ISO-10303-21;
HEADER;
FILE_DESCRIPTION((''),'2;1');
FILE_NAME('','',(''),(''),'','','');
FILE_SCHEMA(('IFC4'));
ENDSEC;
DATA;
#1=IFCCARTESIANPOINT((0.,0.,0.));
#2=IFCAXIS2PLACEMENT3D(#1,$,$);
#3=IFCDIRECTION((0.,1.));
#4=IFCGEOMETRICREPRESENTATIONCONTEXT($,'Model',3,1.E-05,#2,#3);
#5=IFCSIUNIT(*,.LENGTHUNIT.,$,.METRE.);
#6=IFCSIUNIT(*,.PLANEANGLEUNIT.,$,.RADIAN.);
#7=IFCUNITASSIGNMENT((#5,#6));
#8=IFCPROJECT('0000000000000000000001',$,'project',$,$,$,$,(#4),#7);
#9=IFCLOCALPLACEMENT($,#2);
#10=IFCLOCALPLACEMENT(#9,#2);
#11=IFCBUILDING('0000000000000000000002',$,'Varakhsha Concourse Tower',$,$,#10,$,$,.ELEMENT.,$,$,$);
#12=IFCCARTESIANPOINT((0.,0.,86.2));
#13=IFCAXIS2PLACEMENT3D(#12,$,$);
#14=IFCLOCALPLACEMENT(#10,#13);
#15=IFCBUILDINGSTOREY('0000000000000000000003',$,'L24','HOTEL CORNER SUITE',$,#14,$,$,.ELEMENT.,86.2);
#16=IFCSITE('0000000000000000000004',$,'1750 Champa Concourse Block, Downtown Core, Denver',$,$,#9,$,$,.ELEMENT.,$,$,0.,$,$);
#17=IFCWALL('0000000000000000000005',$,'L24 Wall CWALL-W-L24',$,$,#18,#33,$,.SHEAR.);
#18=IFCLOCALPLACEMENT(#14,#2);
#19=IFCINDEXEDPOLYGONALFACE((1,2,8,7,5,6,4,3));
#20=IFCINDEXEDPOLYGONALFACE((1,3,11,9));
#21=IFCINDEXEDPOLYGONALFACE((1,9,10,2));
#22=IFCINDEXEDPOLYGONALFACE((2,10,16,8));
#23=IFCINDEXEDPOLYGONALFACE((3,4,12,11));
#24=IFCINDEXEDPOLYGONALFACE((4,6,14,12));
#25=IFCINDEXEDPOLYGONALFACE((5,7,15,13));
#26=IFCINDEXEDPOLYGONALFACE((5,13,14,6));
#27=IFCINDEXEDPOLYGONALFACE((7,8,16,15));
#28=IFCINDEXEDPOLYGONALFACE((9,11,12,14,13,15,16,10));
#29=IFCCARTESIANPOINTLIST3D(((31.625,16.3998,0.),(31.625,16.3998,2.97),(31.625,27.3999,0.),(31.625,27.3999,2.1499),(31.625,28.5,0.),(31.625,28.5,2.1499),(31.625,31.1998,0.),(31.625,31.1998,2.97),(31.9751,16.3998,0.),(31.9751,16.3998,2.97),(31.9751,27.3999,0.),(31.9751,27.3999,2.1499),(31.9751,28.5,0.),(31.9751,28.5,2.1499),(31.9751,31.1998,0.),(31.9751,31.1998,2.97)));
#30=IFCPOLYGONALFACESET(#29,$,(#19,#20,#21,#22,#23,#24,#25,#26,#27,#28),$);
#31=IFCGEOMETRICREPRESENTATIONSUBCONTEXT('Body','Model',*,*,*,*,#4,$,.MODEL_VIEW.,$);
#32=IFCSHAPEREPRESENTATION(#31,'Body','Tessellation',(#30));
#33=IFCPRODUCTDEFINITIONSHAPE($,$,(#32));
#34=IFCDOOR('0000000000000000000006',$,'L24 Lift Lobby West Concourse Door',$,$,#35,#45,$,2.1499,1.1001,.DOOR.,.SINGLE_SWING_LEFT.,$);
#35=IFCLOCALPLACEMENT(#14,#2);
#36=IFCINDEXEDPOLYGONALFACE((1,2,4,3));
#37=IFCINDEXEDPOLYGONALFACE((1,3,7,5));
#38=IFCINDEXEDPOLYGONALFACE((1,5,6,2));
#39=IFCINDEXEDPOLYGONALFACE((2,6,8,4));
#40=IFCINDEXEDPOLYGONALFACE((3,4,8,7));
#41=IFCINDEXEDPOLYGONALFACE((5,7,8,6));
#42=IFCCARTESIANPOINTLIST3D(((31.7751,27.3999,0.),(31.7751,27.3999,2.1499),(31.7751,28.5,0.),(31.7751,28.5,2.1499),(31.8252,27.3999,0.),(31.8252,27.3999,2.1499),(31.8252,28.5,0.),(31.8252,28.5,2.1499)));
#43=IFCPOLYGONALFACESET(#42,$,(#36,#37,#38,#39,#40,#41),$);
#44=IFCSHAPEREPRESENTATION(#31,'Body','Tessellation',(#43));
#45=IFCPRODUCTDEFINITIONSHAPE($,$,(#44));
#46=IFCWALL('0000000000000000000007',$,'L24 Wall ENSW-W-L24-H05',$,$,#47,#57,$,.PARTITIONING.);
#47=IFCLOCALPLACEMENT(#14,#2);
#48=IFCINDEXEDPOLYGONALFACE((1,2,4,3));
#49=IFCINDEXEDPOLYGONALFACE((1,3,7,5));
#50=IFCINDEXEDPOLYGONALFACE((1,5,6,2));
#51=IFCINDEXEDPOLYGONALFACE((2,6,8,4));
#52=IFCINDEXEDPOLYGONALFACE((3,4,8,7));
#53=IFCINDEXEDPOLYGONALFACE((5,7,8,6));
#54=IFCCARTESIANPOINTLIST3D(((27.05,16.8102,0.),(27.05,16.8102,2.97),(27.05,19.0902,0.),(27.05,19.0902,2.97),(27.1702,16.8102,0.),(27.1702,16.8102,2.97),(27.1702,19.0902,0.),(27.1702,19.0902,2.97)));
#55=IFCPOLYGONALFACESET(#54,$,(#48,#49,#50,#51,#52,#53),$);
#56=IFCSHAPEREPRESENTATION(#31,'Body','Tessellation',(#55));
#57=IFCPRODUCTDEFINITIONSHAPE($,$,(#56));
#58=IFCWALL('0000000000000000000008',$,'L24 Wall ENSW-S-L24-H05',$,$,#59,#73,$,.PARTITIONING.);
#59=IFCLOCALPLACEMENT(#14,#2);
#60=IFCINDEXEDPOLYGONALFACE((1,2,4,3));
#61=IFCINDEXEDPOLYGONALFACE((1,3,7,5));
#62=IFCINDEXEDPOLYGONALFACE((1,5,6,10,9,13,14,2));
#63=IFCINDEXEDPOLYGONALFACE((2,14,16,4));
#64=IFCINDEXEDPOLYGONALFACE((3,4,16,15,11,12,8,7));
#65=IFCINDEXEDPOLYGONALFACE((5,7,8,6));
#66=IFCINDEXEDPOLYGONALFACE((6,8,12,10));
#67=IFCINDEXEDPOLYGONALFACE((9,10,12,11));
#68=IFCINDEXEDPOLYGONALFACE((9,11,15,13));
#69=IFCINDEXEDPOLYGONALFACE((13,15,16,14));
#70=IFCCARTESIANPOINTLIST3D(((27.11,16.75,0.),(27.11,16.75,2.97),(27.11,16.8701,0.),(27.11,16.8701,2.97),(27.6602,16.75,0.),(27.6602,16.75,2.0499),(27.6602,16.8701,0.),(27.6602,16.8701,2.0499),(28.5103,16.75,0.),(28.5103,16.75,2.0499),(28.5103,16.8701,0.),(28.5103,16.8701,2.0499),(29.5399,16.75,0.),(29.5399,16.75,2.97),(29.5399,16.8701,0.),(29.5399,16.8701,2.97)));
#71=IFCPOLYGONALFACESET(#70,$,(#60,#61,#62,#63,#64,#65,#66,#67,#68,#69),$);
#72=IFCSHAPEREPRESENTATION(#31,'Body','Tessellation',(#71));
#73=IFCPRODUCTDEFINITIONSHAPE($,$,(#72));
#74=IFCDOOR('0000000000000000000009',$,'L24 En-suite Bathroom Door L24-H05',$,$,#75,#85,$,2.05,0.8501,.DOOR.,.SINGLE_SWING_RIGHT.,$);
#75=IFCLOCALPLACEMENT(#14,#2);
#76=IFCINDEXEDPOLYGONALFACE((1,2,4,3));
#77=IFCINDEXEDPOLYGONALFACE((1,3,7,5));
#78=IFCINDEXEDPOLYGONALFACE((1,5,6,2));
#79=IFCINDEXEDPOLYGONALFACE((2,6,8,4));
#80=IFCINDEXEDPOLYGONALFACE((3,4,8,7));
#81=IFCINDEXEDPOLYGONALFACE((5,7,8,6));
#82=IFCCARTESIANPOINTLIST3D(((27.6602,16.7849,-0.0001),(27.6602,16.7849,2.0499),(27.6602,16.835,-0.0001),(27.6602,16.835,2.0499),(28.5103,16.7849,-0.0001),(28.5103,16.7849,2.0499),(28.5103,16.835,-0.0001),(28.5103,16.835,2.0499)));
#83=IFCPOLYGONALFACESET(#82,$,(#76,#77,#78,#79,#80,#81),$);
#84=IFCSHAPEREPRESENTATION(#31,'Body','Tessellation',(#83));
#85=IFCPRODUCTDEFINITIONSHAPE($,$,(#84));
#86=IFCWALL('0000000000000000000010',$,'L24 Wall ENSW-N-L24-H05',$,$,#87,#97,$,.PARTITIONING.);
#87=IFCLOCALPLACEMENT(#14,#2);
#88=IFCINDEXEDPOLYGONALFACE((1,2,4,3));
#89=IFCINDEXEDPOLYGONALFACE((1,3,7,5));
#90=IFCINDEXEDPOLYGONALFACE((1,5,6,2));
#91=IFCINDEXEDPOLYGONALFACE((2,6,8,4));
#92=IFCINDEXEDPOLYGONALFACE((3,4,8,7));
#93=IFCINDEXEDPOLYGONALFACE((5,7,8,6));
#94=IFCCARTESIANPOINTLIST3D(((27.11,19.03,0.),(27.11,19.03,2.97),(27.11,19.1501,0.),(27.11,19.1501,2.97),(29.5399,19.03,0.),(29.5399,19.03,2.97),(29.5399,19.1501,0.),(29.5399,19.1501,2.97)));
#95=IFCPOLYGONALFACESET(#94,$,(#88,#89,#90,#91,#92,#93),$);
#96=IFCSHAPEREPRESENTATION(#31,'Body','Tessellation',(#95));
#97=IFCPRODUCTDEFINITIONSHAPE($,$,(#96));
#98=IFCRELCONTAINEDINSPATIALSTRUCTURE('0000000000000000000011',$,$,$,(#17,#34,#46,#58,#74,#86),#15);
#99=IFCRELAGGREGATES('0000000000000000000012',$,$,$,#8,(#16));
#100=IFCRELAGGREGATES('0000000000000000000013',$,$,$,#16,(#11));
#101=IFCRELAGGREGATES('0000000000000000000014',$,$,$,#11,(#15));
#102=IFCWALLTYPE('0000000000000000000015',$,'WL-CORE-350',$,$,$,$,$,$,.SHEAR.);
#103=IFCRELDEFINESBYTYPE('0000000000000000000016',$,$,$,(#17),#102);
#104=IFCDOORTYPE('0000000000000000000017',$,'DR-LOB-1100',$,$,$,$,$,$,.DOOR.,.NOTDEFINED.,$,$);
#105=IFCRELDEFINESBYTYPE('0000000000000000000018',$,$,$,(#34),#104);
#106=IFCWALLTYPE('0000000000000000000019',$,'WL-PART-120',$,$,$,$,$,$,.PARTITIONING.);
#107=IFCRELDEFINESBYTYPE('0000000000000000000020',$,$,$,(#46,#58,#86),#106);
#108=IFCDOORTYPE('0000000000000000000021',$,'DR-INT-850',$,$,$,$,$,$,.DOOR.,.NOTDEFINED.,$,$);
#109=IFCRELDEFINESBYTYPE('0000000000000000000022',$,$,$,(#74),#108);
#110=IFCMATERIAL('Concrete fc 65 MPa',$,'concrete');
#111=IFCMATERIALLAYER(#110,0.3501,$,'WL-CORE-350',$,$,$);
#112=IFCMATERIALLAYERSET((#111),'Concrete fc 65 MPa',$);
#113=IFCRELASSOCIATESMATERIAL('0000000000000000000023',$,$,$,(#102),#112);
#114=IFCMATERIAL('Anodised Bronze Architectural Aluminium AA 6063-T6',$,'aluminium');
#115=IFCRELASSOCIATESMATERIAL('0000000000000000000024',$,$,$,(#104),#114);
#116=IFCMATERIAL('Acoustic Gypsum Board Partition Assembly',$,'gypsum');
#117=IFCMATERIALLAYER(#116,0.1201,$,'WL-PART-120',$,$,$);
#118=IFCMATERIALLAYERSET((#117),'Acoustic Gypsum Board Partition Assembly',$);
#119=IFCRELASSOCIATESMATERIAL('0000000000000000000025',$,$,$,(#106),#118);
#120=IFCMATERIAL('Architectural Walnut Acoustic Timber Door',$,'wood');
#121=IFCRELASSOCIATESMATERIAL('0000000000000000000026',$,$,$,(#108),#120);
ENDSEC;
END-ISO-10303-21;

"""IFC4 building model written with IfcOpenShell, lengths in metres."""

from ifc_helpers import new_model, si_unit, direction, frame, frame_2d, origin, place, context, subcontext, project, spatial, rectangle, extrude, material, layer, layer_set, type_object, element, fill, save


model = new_model("IFC4")

# Units and contexts
model_context = context("Model", 3, precision=1e-05, world=origin(), true_north=direction((0.0, 1.0)))
body_context = subcontext(model_context, "Body", "Model", "MODEL_VIEW")
ifc_project = project(units=[si_unit("LENGTHUNIT", "METRE"), si_unit("PLANEANGLEUNIT", "RADIAN")], contexts=[model_context])

# Site, building, storey
site_placement = place(None, origin())
site = spatial("IfcSite", under=ifc_project, at=site_placement, Name="1750 Champa Concourse Block, Downtown Core, Denver", CompositionType="ELEMENT", RefElevation=0.0)
building_placement = place(site_placement, origin())
building = spatial("IfcBuilding", under=site, at=building_placement, Name="Varakhsha Concourse Tower", CompositionType="ELEMENT")
storey_placement = place(building_placement, frame((0.0, 0.0, 86.2)))
storey = spatial("IfcBuildingStorey", under=building, at=storey_placement, Name="L24", Description="HOTEL CORNER SUITE", CompositionType="ELEMENT", Elevation=86.2)

# Shared definitions
ifc_material_1 = material(Name="Concrete fc 65 MPa", Category="concrete")

# Shared definitions
ifc_layer_1 = layer(ifc_material_1, 0.3501, Name="WL-CORE-350")
ifc_layer_set_1 = layer_set([ifc_layer_1], Name="Concrete fc 65 MPa")
wall_type_1 = type_object("IfcWallType", Name="WL-CORE-350", PredefinedType="SHEAR", material=ifc_layer_set_1)

# Wall, opening, door
wall_1_placement = place(storey_placement, frame((31.8, 16.3999, 0.0), z_axis=(0.0, 0.0, 1.0), x_axis=(0.0, 1.0, 0.0)))
wall_1 = element("IfcWall", 1, at=wall_1_placement, inside=storey, type_object=wall_type_1, Name="L24 Wall CWALL-W-L24", PredefinedType="SHEAR", context=body_context, shape_type="SweptSolid", body=[
    extrude(rectangle(XDim=14.8, YDim=0.3501, at=frame_2d((7.3999, 0.0))), origin(), (0.0, 0.0, 1.0), 2.97),
])
opening_1_placement = place(wall_1_placement, frame((11.0, 0.0, 0.0)))
opening_1 = element("IfcOpeningElement", 2, at=opening_1_placement, cuts=wall_1, PredefinedType="OPENING", context=body_context, shape_type="SweptSolid", body=[
    extrude(rectangle(XDim=1.1001, YDim=2.1499, at=frame_2d((0.55, 1.075))), frame((0.0, 0.1851, 0.0), z_axis=(0.0, -1.0, 0.0), x_axis=(1.0, 0.0, 0.0)), (0.0, 0.0, 1.0), 0.3701),
])
ifc_material_2 = material(Name="Anodised Bronze Architectural Aluminium AA 6063-T6", Category="aluminium")
door_type_1 = type_object("IfcDoorType", Name="DR-LOB-1100", OperationType="NOTDEFINED", PredefinedType="DOOR", material=ifc_material_2)
door_1_placement = place(opening_1_placement, origin())
door_1 = element("IfcDoor", 3, at=door_1_placement, inside=storey, type_object=door_type_1, Name="L24 Lift Lobby West Concourse Door", OperationType="SINGLE_SWING_LEFT", OverallHeight=2.1499, OverallWidth=1.1001, PredefinedType="DOOR", context=body_context, shape_type="SweptSolid", body=[
    extrude(rectangle(XDim=1.1001, YDim=2.1499, at=frame_2d((0.55, 1.075))), frame((0.0, 0.0249, 0.0), z_axis=(0.0, -1.0, 0.0), x_axis=(1.0, 0.0, 0.0)), (0.0, 0.0, 1.0), 0.05),
])
fill(opening_1, door_1)

# Wall
ifc_material_3 = material(Name="Acoustic Gypsum Board Partition Assembly", Category="gypsum")
ifc_layer_2 = layer(ifc_material_3, 0.1201, Name="WL-PART-120")
ifc_layer_set_2 = layer_set([ifc_layer_2], Name="Acoustic Gypsum Board Partition Assembly")
wall_type_2 = type_object("IfcWallType", Name="WL-PART-120", PredefinedType="PARTITIONING", material=ifc_layer_set_2)
wall_2_placement = place(storey_placement, frame((27.1101, 16.8101, 0.0), z_axis=(0.0, 0.0, 1.0), x_axis=(0.0, 1.0, 0.0)))
element("IfcWall", 4, at=wall_2_placement, inside=storey, type_object=wall_type_2, Name="L24 Wall ENSW-W-L24-H05", PredefinedType="PARTITIONING", context=body_context, shape_type="SweptSolid", body=[
    extrude(rectangle(XDim=2.28, YDim=0.1201, at=frame_2d((1.1401, 0.0))), origin(), (0.0, 0.0, 1.0), 2.97),
])

# Wall, opening, door
wall_3_placement = place(storey_placement, frame((27.1101, 16.8101, 0.0), z_axis=(0.0, 0.0, 1.0), x_axis=(1.0, 0.0, 0.0)))
wall_3 = element("IfcWall", 5, at=wall_3_placement, inside=storey, type_object=wall_type_2, Name="L24 Wall ENSW-S-L24-H05", PredefinedType="PARTITIONING", context=body_context, shape_type="SweptSolid", body=[
    extrude(rectangle(XDim=2.4299, YDim=0.1201, at=frame_2d((1.2148, 0.0))), origin(), (0.0, 0.0, 1.0), 2.97),
])
opening_2_placement = place(wall_3_placement, frame((0.55, 0.0, 0.0)))
opening_2 = element("IfcOpeningElement", 6, at=opening_2_placement, cuts=wall_3, PredefinedType="OPENING", context=body_context, shape_type="SweptSolid", body=[
    extrude(rectangle(XDim=0.8501, YDim=2.05, at=frame_2d((0.425, 1.0249))), frame((0.0, 0.0701, 0.0), z_axis=(0.0, -1.0, 0.0), x_axis=(1.0, 0.0, 0.0)), (0.0, 0.0, 1.0), 0.1401),
])
ifc_material_4 = material(Name="Architectural Walnut Acoustic Timber Door", Category="wood")
door_type_2 = type_object("IfcDoorType", Name="DR-INT-850", OperationType="NOTDEFINED", PredefinedType="DOOR", material=ifc_material_4)
door_2_placement = place(opening_2_placement, origin())
door_2 = element("IfcDoor", 7, at=door_2_placement, inside=storey, type_object=door_type_2, Name="L24 En-suite Bathroom Door L24-H05", OperationType="SINGLE_SWING_RIGHT", OverallHeight=2.05, OverallWidth=0.8501, PredefinedType="DOOR", context=body_context, shape_type="SweptSolid", body=[
    extrude(rectangle(XDim=0.8501, YDim=2.05, at=frame_2d((0.425, 1.0249))), frame((0.0, 0.0249, 0.0), z_axis=(0.0, -1.0, 0.0), x_axis=(1.0, 0.0, 0.0)), (0.0, 0.0, 1.0), 0.05),
])
fill(opening_2, door_2)

# Wall
wall_4_placement = place(storey_placement, frame((27.1101, 19.0901, 0.0), z_axis=(0.0, 0.0, 1.0), x_axis=(1.0, 0.0, 0.0)))
element("IfcWall", 8, at=wall_4_placement, inside=storey, type_object=wall_type_2, Name="L24 Wall ENSW-N-L24-H05", PredefinedType="PARTITIONING", context=body_context, shape_type="SweptSolid", body=[
    extrude(rectangle(XDim=2.4299, YDim=0.1201, at=frame_2d((1.2148, 0.0))), origin(), (0.0, 0.0, 1.0), 2.97),
])

save(model, "model.ifc")
